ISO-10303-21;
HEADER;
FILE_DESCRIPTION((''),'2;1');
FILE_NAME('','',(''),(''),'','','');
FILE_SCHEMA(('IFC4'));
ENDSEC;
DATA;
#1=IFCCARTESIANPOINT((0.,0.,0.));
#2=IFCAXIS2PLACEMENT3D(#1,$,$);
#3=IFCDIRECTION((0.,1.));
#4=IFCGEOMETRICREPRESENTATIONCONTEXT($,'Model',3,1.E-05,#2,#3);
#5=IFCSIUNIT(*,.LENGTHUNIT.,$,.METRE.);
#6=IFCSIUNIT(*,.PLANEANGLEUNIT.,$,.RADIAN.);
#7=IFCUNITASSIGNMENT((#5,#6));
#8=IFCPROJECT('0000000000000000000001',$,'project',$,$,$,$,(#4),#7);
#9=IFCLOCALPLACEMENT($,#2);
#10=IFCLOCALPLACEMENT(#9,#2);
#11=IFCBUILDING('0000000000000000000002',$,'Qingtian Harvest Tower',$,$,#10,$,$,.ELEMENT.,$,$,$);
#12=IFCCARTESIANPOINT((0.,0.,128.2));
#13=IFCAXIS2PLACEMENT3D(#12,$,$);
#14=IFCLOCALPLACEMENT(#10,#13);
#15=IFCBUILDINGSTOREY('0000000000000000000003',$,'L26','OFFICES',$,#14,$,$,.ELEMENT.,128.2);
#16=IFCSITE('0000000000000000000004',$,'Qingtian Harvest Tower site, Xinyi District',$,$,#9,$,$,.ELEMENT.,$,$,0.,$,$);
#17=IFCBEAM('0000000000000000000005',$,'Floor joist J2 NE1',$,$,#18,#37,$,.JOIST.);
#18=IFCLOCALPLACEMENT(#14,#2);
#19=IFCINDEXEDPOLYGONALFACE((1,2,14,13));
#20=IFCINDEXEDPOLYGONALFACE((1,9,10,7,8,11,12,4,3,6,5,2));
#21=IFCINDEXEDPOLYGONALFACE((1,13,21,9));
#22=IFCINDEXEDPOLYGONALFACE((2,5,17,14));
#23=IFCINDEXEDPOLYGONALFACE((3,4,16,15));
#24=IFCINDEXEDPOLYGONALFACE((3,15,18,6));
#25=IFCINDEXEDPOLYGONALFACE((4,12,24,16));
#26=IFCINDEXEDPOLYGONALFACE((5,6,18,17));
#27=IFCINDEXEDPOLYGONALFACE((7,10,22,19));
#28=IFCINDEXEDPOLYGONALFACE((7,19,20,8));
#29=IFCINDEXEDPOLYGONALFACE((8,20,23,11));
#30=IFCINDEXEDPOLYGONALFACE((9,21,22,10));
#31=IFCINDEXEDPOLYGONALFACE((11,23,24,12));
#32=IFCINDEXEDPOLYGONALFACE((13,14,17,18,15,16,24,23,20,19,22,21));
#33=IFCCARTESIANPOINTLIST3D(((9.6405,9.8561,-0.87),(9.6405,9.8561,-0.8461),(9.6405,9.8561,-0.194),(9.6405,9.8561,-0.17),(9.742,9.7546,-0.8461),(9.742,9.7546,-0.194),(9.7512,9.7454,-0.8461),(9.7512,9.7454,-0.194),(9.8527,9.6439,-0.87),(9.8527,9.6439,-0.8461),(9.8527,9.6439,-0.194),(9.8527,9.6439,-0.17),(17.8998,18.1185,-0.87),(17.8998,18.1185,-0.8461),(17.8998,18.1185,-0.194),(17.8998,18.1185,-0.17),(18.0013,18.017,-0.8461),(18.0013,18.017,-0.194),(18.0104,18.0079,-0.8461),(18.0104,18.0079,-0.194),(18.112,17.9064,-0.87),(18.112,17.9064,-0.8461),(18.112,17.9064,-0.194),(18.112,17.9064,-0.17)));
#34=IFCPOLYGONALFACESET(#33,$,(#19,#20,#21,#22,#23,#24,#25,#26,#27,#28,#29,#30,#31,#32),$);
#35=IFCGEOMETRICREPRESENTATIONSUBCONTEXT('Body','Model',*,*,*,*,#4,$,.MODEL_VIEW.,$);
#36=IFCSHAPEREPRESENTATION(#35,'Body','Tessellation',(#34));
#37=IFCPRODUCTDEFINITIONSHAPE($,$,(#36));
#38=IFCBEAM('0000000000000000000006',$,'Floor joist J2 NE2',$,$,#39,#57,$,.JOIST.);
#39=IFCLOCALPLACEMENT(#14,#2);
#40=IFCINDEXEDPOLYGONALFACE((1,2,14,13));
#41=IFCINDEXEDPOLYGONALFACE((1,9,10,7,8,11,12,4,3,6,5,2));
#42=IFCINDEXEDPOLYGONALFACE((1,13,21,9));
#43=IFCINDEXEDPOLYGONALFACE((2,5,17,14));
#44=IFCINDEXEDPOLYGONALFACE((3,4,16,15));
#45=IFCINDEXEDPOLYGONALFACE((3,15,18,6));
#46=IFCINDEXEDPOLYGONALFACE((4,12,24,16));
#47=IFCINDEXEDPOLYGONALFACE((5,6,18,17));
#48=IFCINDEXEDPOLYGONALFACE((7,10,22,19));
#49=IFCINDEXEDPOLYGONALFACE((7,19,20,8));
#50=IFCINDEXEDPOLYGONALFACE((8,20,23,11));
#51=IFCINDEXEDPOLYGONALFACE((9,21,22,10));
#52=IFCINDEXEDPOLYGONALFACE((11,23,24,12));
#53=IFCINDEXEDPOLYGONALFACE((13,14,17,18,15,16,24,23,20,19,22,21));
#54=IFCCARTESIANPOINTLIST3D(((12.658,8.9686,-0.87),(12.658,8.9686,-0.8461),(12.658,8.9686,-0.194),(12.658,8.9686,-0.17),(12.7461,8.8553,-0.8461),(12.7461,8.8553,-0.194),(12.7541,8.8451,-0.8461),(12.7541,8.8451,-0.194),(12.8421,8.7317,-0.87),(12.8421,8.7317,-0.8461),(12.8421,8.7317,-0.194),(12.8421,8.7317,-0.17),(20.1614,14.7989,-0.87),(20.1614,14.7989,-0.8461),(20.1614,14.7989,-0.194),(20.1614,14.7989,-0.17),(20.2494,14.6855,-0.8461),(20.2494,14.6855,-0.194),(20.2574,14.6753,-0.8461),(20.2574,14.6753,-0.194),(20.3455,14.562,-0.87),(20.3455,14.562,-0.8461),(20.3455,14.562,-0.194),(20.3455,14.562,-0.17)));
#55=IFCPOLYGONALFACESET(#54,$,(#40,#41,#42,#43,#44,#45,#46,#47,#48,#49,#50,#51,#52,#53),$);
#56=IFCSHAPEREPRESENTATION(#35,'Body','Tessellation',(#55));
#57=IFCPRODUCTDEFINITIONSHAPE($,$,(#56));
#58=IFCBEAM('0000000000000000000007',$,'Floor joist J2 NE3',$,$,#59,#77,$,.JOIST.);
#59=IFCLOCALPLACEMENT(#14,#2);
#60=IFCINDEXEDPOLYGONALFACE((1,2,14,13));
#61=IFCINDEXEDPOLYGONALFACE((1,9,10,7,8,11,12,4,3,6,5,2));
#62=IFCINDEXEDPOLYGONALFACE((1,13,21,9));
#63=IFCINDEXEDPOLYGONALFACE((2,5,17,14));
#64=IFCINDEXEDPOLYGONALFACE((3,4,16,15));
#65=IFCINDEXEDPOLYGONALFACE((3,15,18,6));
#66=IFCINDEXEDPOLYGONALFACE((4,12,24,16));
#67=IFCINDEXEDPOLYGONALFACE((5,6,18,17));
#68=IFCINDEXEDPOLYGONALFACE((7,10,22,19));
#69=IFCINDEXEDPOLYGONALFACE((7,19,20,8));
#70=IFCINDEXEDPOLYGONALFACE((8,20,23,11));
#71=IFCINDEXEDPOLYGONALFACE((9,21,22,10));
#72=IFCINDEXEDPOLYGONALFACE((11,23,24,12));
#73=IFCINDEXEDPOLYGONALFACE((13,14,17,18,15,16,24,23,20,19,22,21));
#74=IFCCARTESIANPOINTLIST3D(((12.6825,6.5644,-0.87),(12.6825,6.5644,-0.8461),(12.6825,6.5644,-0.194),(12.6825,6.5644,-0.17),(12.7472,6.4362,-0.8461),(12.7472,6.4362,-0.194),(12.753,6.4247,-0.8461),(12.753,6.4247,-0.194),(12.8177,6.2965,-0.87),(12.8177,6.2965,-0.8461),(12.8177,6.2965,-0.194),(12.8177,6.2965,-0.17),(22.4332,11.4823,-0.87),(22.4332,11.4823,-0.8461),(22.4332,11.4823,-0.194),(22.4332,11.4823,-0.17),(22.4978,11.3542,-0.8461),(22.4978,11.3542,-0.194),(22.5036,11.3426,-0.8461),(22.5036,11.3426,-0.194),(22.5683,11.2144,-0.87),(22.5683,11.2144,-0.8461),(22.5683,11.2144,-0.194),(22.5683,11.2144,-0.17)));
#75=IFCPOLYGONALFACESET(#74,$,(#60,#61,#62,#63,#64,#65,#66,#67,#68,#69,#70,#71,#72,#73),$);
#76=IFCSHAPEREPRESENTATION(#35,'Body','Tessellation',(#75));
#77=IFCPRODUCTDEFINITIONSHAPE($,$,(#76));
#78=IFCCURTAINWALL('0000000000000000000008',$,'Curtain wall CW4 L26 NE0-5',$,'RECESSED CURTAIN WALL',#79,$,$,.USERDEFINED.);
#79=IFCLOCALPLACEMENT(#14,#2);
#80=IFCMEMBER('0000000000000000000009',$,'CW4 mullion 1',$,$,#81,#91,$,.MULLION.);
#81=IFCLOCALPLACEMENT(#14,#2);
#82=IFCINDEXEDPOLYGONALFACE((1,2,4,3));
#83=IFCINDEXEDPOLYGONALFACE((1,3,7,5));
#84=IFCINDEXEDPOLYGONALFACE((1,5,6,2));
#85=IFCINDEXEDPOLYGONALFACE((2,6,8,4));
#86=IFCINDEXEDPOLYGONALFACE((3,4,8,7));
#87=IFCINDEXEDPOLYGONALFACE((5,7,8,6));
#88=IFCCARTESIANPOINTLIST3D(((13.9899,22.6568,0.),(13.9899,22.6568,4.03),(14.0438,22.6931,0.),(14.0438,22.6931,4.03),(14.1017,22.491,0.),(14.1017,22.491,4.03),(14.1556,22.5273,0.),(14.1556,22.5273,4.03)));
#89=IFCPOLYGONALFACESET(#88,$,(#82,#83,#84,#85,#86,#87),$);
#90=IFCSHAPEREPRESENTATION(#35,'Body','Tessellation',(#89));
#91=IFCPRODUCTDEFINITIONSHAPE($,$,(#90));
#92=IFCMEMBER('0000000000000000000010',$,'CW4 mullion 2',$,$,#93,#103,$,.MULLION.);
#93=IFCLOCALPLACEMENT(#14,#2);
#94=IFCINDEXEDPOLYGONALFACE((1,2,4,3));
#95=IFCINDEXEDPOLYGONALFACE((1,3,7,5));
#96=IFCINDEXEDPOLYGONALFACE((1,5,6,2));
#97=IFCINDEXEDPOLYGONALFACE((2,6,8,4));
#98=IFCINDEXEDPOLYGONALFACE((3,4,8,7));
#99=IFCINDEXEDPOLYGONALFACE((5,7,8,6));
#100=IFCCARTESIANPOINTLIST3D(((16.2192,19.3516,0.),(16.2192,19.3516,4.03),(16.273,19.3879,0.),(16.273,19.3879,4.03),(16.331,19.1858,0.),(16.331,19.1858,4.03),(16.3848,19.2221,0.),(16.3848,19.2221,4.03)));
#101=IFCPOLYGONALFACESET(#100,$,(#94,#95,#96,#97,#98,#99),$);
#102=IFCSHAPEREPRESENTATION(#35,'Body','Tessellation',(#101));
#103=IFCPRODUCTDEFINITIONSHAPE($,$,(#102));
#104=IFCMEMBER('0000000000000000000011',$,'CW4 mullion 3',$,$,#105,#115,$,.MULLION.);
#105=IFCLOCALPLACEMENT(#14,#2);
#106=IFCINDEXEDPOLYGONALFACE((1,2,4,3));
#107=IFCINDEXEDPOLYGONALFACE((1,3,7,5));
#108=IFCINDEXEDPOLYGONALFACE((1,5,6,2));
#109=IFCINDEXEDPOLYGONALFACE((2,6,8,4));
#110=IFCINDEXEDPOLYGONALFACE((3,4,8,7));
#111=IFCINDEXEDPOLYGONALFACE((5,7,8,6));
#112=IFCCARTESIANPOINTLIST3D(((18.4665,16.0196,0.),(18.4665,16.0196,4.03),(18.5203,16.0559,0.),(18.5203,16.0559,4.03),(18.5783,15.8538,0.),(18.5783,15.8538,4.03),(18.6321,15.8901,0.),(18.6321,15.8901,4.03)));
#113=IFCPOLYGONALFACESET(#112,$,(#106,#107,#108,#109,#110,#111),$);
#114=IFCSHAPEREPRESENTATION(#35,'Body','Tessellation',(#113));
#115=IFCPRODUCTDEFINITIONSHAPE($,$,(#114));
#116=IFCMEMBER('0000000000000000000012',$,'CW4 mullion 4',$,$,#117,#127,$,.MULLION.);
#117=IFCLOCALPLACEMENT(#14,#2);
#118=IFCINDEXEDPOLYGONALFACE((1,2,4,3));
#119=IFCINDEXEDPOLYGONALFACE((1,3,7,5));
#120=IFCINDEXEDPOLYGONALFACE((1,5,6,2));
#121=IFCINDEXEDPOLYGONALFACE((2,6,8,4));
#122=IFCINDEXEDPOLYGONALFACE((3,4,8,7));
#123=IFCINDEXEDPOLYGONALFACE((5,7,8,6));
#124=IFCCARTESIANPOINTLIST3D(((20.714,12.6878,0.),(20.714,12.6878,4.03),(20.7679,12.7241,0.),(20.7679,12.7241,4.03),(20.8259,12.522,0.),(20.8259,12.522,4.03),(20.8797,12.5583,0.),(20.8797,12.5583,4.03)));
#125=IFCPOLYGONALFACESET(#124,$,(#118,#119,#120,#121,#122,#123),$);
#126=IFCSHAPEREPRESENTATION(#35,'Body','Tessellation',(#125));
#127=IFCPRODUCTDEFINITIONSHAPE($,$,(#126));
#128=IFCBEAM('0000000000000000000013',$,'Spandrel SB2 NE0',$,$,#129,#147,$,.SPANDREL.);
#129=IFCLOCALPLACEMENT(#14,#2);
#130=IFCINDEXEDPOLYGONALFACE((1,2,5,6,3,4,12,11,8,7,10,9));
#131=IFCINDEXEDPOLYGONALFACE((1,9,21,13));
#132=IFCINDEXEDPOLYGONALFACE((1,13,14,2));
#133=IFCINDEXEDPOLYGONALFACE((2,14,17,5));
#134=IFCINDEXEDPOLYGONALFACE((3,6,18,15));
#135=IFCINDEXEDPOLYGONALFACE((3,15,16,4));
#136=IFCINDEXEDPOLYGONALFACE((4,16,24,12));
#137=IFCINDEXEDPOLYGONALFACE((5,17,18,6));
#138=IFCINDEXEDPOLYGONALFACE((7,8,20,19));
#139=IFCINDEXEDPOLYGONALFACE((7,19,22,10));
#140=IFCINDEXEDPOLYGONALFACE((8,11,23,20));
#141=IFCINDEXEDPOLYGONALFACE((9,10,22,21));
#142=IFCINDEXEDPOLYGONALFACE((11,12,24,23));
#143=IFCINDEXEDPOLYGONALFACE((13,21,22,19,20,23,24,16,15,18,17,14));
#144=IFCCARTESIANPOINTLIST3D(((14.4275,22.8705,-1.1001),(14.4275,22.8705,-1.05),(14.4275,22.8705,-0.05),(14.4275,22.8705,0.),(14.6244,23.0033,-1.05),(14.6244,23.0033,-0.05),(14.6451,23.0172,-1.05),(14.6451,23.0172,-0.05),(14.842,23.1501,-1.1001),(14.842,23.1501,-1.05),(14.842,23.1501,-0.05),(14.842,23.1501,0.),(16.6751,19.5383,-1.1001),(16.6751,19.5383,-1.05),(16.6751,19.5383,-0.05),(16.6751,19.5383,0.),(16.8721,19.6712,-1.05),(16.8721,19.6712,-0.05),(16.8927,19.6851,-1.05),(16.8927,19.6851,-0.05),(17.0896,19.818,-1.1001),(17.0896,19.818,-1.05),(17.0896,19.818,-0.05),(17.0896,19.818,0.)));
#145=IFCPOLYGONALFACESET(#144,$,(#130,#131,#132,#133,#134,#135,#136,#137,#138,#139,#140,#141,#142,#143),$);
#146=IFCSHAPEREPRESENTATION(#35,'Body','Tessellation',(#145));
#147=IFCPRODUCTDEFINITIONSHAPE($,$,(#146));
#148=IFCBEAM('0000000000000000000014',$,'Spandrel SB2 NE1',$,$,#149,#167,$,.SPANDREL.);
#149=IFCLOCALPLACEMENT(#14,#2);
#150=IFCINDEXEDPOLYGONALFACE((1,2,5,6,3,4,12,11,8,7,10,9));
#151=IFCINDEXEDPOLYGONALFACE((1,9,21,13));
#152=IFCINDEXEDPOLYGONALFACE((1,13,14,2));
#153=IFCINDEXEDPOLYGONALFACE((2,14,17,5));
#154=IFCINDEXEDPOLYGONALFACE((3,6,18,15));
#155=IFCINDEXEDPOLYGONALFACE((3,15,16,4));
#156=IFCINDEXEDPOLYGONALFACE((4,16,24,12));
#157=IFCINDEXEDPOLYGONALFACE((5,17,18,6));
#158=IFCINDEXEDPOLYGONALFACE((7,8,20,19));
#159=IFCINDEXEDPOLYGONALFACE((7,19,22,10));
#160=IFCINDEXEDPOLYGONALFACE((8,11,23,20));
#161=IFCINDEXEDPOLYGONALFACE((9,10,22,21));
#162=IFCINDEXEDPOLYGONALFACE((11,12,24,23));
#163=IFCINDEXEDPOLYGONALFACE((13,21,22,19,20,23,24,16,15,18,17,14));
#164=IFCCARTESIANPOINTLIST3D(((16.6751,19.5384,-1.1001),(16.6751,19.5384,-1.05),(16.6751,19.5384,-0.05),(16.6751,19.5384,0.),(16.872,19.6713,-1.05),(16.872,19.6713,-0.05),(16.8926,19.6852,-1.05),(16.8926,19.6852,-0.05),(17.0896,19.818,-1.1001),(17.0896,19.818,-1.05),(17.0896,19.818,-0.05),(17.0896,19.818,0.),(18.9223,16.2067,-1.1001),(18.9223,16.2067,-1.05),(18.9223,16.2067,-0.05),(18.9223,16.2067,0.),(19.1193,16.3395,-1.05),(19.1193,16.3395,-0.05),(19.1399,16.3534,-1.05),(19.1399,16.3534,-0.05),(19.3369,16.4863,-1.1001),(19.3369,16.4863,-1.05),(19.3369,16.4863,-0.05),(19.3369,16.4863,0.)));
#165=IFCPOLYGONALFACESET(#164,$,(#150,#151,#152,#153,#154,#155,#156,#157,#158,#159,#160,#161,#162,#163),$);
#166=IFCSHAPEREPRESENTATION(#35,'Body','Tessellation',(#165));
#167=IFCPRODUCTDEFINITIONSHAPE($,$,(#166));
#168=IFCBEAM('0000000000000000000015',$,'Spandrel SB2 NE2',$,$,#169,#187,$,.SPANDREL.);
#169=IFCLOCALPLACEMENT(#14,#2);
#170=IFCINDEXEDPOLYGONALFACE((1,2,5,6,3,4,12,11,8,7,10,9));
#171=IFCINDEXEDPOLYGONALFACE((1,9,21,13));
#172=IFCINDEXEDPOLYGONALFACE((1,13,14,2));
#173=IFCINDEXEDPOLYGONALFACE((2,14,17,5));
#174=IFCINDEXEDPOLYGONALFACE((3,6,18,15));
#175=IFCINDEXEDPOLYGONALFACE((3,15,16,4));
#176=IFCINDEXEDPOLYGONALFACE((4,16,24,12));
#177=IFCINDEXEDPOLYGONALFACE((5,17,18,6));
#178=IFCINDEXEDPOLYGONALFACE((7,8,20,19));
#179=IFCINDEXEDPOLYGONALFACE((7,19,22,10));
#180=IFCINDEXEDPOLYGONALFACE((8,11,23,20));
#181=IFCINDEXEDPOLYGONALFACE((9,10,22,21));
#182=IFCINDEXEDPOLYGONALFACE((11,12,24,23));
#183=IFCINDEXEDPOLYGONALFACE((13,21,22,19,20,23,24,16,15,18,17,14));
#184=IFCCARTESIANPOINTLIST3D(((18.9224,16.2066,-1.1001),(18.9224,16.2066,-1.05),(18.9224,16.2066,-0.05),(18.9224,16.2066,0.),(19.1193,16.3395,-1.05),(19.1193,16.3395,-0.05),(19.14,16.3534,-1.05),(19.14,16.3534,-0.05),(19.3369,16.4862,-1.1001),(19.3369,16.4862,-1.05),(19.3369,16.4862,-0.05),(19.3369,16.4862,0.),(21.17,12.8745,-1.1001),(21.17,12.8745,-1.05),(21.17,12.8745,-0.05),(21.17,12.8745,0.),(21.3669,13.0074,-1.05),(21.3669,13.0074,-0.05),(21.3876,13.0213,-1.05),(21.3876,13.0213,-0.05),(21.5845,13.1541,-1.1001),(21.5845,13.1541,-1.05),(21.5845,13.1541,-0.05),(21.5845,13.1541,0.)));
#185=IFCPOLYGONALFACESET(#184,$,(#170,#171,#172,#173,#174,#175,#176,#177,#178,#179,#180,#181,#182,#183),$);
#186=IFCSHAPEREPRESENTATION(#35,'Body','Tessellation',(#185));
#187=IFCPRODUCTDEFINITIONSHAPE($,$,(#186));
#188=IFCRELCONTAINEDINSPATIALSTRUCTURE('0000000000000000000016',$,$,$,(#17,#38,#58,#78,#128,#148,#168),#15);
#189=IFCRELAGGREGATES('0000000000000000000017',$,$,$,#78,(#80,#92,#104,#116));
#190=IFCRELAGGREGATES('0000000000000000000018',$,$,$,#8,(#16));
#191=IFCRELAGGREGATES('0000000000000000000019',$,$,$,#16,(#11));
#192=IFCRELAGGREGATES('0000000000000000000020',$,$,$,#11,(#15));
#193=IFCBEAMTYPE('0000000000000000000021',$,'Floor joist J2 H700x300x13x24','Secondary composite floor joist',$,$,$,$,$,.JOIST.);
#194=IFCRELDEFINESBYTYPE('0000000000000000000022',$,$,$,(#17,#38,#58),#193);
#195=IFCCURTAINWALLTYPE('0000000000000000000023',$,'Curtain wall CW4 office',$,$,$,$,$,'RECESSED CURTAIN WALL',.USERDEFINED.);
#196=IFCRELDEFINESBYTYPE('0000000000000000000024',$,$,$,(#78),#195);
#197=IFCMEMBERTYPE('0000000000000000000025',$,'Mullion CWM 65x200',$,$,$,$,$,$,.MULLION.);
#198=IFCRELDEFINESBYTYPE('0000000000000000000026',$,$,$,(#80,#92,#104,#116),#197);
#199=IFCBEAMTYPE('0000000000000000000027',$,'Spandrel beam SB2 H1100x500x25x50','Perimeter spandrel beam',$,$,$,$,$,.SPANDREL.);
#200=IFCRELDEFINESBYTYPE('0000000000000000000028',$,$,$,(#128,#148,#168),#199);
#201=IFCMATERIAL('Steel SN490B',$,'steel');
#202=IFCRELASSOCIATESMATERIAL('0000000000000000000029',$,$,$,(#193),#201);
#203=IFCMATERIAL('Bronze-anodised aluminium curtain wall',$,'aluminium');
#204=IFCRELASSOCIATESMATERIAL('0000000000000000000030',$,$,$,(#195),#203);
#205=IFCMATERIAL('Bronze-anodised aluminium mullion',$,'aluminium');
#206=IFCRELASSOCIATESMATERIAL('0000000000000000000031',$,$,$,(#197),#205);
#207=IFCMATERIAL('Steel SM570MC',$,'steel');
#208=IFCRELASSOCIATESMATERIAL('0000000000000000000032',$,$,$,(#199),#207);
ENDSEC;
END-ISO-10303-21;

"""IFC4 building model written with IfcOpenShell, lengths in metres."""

from ifc_helpers import new_model, si_unit, direction, frame, origin, origin_2d, place, context, subcontext, project, spatial, rectangle, i_section, extrude, material, material_profile, profile_set, type_object, element, aggregate, save


model = new_model("IFC4")

# Units and contexts
model_context = context("Model", 3, precision=1e-05, world=origin(), true_north=direction((0.0, 1.0)))
body_context = subcontext(model_context, "Body", "Model", "MODEL_VIEW")
ifc_project = project(units=[si_unit("LENGTHUNIT", "METRE"), si_unit("PLANEANGLEUNIT", "RADIAN")], contexts=[model_context])

# Site, building, storey
site_placement = place(None, origin())
site = spatial("IfcSite", under=ifc_project, at=site_placement, Name="Qingtian Harvest Tower site, Xinyi District", CompositionType="ELEMENT", RefElevation=0.0)
building_placement = place(site_placement, origin())
building = spatial("IfcBuilding", under=site, at=building_placement, Name="Qingtian Harvest Tower", CompositionType="ELEMENT")
storey_placement = place(building_placement, frame((0.0, 0.0, 128.2)))
storey = spatial("IfcBuildingStorey", under=building, at=storey_placement, Name="L26", Description="OFFICES", CompositionType="ELEMENT", Elevation=128.2)

# Beams
ifc_material_1 = material(Name="Steel SN490B", Category="steel")
ifc_material_profile_1 = material_profile(ifc_material_1, i_section(OverallWidth=0.3, OverallDepth=0.7, WebThickness=0.0129, FlangeThickness=0.0239, at=origin_2d()), Name="H700x300x13x24")
ifc_profile_set_1 = profile_set([ifc_material_profile_1], Name="Steel SN490B")
beam_type_1 = type_object("IfcBeamType", Name="Floor joist J2 H700x300x13x24", Description="Secondary composite floor joist", PredefinedType="JOIST", material=ifc_profile_set_1)
beam_1_placement = place(storey_placement, frame((18.0059, 18.0125, -0.52), z_axis=(-0.706971, -0.707243, 0.0), x_axis=(0.707243, -0.706971, 0.0)))
element("IfcBeam", 1, at=beam_1_placement, inside=storey, type_object=beam_type_1, Name="Floor joist J2 NE1", PredefinedType="JOIST", context=body_context, shape_type="SweptSolid", body=[
    extrude(i_section(OverallWidth=0.3, OverallDepth=0.7, WebThickness=0.0129, FlangeThickness=0.0239, at=origin_2d()), origin(), (0.0, 0.0, 1.0), 11.6826),
])
beam_2_placement = place(storey_placement, frame((20.2534, 14.6804, -0.52), z_axis=(-0.789641, -0.613569, 0.0), x_axis=(0.613569, -0.789641, 0.0)))
element("IfcBeam", 2, at=beam_2_placement, inside=storey, type_object=beam_type_1, Name="Floor joist J2 NE2", PredefinedType="JOIST", context=body_context, shape_type="SweptSolid", body=[
    extrude(i_section(OverallWidth=0.3, OverallDepth=0.7, WebThickness=0.0129, FlangeThickness=0.0239, at=origin_2d()), origin(), (0.0, 0.0, 1.0), 9.5022),
])
beam_3_placement = place(storey_placement, frame((22.5007, 11.3484, -0.52), z_axis=(-0.892861, -0.450332, 0.0), x_axis=(0.450332, -0.892861, 0.0)))
element("IfcBeam", 3, at=beam_3_placement, inside=storey, type_object=beam_type_1, Name="Floor joist J2 NE3", PredefinedType="JOIST", context=body_context, shape_type="SweptSolid", body=[
    extrude(i_section(OverallWidth=0.3, OverallDepth=0.7, WebThickness=0.0129, FlangeThickness=0.0239, at=origin_2d()), origin(), (0.0, 0.0, 1.0), 10.9207),
])

# Curtain wall, members
ifc_material_2 = material(Name="Bronze-anodised aluminium curtain wall", Category="aluminium")
curtain_wall_type = type_object("IfcCurtainWallType", Name="Curtain wall CW4 office", ElementType="RECESSED CURTAIN WALL", PredefinedType="USERDEFINED", material=ifc_material_2)
curtain_wall_placement = place(storey_placement, origin())
curtain_wall = element("IfcCurtainWall", 4, at=curtain_wall_placement, inside=storey, type_object=curtain_wall_type, Name="Curtain wall CW4 L26 NE0-5", ObjectType="RECESSED CURTAIN WALL", PredefinedType="USERDEFINED")
ifc_material_3 = material(Name="Bronze-anodised aluminium mullion", Category="aluminium")
ifc_material_profile_2 = material_profile(ifc_material_3, rectangle(XDim=0.0649, YDim=0.2, at=origin_2d()), Name="AL 65x200")
ifc_profile_set_2 = profile_set([ifc_material_profile_2], Name="Bronze-anodised aluminium mullion")
member_type_1 = type_object("IfcMemberType", Name="Mullion CWM 65x200", PredefinedType="MULLION", material=ifc_profile_set_2)
member_1_placement = place(storey_placement, frame((14.0728, 22.592, 0.0), z_axis=(0.0, 0.0, 1.0), x_axis=(0.829038, 0.559193, 0.0)))
member_1 = element("IfcMember", 5, at=member_1_placement, type_object=member_type_1, Name="CW4 mullion 1", PredefinedType="MULLION", context=body_context, shape_type="SweptSolid", body=[
    extrude(rectangle(XDim=0.0649, YDim=0.2, at=origin_2d()), origin(), (0.0, 0.0, 1.0), 4.03),
])
member_2_placement = place(storey_placement, frame((16.302, 19.2869, 0.0), z_axis=(0.0, 0.0, 1.0), x_axis=(0.829038, 0.559193, 0.0)))
member_2 = element("IfcMember", 6, at=member_2_placement, type_object=member_type_1, Name="CW4 mullion 2", PredefinedType="MULLION", context=body_context, shape_type="SweptSolid", body=[
    extrude(rectangle(XDim=0.0649, YDim=0.2, at=origin_2d()), origin(), (0.0, 0.0, 1.0), 4.03),
])
member_3_placement = place(storey_placement, frame((18.5493, 15.9548, 0.0), z_axis=(0.0, 0.0, 1.0), x_axis=(0.829038, 0.559193, 0.0)))
member_3 = element("IfcMember", 7, at=member_3_placement, type_object=member_type_1, Name="CW4 mullion 3", PredefinedType="MULLION", context=body_context, shape_type="SweptSolid", body=[
    extrude(rectangle(XDim=0.0649, YDim=0.2, at=origin_2d()), origin(), (0.0, 0.0, 1.0), 4.03),
])
member_4_placement = place(storey_placement, frame((20.7969, 12.623, 0.0), z_axis=(0.0, 0.0, 1.0), x_axis=(0.829038, 0.559193, 0.0)))
member_4 = element("IfcMember", 8, at=member_4_placement, type_object=member_type_1, Name="CW4 mullion 4", PredefinedType="MULLION", context=body_context, shape_type="SweptSolid", body=[
    extrude(rectangle(XDim=0.0649, YDim=0.2, at=origin_2d()), origin(), (0.0, 0.0, 1.0), 4.03),
])

# Beams
ifc_material_4 = material(Name="Steel SM570MC", Category="steel")
ifc_material_profile_3 = material_profile(ifc_material_4, i_section(OverallWidth=0.5, OverallDepth=1.1001, WebThickness=0.0249, FlangeThickness=0.05, at=origin_2d()), Name="H1100x500x25x50")
ifc_profile_set_3 = profile_set([ifc_material_profile_3], Name="Steel SM570MC")
beam_type_2 = type_object("IfcBeamType", Name="Spandrel beam SB2 H1100x500x25x50", Description="Perimeter spandrel beam", PredefinedType="SPANDREL", material=ifc_profile_set_3)
beam_4_placement = place(storey_placement, frame((14.6348, 23.0103, -0.55), z_axis=(0.559206, -0.829029, 0.0), x_axis=(0.829029, 0.559206, 0.0)))
element("IfcBeam", 9, at=beam_4_placement, inside=storey, type_object=beam_type_2, Name="Spandrel SB2 NE0", PredefinedType="SPANDREL", context=body_context, shape_type="SweptSolid", body=[
    extrude(i_section(OverallWidth=0.5, OverallDepth=1.1001, WebThickness=0.0249, FlangeThickness=0.05, at=origin_2d()), origin(), (0.0, 0.0, 1.0), 4.0193),
])
beam_5_placement = place(storey_placement, frame((16.8823, 19.6782, -0.55), z_axis=(0.559192, -0.829038, 0.0), x_axis=(0.829038, 0.559192, 0.0)))
element("IfcBeam", 10, at=beam_5_placement, inside=storey, type_object=beam_type_2, Name="Spandrel SB2 NE1", PredefinedType="SPANDREL", context=body_context, shape_type="SweptSolid", body=[
    extrude(i_section(OverallWidth=0.5, OverallDepth=1.1001, WebThickness=0.0249, FlangeThickness=0.05, at=origin_2d()), origin(), (0.0, 0.0, 1.0), 4.0188),
])
beam_6_placement = place(storey_placement, frame((19.1296, 16.3464, -0.55), z_axis=(0.559206, -0.829029, 0.0), x_axis=(0.829029, 0.559206, 0.0)))
element("IfcBeam", 11, at=beam_6_placement, inside=storey, type_object=beam_type_2, Name="Spandrel SB2 NE2", PredefinedType="SPANDREL", context=body_context, shape_type="SweptSolid", body=[
    extrude(i_section(OverallWidth=0.5, OverallDepth=1.1001, WebThickness=0.0249, FlangeThickness=0.05, at=origin_2d()), origin(), (0.0, 0.0, 1.0), 4.0193),
])

aggregate(curtain_wall, [member_1, member_2, member_3, member_4])

save(model, "model.ifc")
